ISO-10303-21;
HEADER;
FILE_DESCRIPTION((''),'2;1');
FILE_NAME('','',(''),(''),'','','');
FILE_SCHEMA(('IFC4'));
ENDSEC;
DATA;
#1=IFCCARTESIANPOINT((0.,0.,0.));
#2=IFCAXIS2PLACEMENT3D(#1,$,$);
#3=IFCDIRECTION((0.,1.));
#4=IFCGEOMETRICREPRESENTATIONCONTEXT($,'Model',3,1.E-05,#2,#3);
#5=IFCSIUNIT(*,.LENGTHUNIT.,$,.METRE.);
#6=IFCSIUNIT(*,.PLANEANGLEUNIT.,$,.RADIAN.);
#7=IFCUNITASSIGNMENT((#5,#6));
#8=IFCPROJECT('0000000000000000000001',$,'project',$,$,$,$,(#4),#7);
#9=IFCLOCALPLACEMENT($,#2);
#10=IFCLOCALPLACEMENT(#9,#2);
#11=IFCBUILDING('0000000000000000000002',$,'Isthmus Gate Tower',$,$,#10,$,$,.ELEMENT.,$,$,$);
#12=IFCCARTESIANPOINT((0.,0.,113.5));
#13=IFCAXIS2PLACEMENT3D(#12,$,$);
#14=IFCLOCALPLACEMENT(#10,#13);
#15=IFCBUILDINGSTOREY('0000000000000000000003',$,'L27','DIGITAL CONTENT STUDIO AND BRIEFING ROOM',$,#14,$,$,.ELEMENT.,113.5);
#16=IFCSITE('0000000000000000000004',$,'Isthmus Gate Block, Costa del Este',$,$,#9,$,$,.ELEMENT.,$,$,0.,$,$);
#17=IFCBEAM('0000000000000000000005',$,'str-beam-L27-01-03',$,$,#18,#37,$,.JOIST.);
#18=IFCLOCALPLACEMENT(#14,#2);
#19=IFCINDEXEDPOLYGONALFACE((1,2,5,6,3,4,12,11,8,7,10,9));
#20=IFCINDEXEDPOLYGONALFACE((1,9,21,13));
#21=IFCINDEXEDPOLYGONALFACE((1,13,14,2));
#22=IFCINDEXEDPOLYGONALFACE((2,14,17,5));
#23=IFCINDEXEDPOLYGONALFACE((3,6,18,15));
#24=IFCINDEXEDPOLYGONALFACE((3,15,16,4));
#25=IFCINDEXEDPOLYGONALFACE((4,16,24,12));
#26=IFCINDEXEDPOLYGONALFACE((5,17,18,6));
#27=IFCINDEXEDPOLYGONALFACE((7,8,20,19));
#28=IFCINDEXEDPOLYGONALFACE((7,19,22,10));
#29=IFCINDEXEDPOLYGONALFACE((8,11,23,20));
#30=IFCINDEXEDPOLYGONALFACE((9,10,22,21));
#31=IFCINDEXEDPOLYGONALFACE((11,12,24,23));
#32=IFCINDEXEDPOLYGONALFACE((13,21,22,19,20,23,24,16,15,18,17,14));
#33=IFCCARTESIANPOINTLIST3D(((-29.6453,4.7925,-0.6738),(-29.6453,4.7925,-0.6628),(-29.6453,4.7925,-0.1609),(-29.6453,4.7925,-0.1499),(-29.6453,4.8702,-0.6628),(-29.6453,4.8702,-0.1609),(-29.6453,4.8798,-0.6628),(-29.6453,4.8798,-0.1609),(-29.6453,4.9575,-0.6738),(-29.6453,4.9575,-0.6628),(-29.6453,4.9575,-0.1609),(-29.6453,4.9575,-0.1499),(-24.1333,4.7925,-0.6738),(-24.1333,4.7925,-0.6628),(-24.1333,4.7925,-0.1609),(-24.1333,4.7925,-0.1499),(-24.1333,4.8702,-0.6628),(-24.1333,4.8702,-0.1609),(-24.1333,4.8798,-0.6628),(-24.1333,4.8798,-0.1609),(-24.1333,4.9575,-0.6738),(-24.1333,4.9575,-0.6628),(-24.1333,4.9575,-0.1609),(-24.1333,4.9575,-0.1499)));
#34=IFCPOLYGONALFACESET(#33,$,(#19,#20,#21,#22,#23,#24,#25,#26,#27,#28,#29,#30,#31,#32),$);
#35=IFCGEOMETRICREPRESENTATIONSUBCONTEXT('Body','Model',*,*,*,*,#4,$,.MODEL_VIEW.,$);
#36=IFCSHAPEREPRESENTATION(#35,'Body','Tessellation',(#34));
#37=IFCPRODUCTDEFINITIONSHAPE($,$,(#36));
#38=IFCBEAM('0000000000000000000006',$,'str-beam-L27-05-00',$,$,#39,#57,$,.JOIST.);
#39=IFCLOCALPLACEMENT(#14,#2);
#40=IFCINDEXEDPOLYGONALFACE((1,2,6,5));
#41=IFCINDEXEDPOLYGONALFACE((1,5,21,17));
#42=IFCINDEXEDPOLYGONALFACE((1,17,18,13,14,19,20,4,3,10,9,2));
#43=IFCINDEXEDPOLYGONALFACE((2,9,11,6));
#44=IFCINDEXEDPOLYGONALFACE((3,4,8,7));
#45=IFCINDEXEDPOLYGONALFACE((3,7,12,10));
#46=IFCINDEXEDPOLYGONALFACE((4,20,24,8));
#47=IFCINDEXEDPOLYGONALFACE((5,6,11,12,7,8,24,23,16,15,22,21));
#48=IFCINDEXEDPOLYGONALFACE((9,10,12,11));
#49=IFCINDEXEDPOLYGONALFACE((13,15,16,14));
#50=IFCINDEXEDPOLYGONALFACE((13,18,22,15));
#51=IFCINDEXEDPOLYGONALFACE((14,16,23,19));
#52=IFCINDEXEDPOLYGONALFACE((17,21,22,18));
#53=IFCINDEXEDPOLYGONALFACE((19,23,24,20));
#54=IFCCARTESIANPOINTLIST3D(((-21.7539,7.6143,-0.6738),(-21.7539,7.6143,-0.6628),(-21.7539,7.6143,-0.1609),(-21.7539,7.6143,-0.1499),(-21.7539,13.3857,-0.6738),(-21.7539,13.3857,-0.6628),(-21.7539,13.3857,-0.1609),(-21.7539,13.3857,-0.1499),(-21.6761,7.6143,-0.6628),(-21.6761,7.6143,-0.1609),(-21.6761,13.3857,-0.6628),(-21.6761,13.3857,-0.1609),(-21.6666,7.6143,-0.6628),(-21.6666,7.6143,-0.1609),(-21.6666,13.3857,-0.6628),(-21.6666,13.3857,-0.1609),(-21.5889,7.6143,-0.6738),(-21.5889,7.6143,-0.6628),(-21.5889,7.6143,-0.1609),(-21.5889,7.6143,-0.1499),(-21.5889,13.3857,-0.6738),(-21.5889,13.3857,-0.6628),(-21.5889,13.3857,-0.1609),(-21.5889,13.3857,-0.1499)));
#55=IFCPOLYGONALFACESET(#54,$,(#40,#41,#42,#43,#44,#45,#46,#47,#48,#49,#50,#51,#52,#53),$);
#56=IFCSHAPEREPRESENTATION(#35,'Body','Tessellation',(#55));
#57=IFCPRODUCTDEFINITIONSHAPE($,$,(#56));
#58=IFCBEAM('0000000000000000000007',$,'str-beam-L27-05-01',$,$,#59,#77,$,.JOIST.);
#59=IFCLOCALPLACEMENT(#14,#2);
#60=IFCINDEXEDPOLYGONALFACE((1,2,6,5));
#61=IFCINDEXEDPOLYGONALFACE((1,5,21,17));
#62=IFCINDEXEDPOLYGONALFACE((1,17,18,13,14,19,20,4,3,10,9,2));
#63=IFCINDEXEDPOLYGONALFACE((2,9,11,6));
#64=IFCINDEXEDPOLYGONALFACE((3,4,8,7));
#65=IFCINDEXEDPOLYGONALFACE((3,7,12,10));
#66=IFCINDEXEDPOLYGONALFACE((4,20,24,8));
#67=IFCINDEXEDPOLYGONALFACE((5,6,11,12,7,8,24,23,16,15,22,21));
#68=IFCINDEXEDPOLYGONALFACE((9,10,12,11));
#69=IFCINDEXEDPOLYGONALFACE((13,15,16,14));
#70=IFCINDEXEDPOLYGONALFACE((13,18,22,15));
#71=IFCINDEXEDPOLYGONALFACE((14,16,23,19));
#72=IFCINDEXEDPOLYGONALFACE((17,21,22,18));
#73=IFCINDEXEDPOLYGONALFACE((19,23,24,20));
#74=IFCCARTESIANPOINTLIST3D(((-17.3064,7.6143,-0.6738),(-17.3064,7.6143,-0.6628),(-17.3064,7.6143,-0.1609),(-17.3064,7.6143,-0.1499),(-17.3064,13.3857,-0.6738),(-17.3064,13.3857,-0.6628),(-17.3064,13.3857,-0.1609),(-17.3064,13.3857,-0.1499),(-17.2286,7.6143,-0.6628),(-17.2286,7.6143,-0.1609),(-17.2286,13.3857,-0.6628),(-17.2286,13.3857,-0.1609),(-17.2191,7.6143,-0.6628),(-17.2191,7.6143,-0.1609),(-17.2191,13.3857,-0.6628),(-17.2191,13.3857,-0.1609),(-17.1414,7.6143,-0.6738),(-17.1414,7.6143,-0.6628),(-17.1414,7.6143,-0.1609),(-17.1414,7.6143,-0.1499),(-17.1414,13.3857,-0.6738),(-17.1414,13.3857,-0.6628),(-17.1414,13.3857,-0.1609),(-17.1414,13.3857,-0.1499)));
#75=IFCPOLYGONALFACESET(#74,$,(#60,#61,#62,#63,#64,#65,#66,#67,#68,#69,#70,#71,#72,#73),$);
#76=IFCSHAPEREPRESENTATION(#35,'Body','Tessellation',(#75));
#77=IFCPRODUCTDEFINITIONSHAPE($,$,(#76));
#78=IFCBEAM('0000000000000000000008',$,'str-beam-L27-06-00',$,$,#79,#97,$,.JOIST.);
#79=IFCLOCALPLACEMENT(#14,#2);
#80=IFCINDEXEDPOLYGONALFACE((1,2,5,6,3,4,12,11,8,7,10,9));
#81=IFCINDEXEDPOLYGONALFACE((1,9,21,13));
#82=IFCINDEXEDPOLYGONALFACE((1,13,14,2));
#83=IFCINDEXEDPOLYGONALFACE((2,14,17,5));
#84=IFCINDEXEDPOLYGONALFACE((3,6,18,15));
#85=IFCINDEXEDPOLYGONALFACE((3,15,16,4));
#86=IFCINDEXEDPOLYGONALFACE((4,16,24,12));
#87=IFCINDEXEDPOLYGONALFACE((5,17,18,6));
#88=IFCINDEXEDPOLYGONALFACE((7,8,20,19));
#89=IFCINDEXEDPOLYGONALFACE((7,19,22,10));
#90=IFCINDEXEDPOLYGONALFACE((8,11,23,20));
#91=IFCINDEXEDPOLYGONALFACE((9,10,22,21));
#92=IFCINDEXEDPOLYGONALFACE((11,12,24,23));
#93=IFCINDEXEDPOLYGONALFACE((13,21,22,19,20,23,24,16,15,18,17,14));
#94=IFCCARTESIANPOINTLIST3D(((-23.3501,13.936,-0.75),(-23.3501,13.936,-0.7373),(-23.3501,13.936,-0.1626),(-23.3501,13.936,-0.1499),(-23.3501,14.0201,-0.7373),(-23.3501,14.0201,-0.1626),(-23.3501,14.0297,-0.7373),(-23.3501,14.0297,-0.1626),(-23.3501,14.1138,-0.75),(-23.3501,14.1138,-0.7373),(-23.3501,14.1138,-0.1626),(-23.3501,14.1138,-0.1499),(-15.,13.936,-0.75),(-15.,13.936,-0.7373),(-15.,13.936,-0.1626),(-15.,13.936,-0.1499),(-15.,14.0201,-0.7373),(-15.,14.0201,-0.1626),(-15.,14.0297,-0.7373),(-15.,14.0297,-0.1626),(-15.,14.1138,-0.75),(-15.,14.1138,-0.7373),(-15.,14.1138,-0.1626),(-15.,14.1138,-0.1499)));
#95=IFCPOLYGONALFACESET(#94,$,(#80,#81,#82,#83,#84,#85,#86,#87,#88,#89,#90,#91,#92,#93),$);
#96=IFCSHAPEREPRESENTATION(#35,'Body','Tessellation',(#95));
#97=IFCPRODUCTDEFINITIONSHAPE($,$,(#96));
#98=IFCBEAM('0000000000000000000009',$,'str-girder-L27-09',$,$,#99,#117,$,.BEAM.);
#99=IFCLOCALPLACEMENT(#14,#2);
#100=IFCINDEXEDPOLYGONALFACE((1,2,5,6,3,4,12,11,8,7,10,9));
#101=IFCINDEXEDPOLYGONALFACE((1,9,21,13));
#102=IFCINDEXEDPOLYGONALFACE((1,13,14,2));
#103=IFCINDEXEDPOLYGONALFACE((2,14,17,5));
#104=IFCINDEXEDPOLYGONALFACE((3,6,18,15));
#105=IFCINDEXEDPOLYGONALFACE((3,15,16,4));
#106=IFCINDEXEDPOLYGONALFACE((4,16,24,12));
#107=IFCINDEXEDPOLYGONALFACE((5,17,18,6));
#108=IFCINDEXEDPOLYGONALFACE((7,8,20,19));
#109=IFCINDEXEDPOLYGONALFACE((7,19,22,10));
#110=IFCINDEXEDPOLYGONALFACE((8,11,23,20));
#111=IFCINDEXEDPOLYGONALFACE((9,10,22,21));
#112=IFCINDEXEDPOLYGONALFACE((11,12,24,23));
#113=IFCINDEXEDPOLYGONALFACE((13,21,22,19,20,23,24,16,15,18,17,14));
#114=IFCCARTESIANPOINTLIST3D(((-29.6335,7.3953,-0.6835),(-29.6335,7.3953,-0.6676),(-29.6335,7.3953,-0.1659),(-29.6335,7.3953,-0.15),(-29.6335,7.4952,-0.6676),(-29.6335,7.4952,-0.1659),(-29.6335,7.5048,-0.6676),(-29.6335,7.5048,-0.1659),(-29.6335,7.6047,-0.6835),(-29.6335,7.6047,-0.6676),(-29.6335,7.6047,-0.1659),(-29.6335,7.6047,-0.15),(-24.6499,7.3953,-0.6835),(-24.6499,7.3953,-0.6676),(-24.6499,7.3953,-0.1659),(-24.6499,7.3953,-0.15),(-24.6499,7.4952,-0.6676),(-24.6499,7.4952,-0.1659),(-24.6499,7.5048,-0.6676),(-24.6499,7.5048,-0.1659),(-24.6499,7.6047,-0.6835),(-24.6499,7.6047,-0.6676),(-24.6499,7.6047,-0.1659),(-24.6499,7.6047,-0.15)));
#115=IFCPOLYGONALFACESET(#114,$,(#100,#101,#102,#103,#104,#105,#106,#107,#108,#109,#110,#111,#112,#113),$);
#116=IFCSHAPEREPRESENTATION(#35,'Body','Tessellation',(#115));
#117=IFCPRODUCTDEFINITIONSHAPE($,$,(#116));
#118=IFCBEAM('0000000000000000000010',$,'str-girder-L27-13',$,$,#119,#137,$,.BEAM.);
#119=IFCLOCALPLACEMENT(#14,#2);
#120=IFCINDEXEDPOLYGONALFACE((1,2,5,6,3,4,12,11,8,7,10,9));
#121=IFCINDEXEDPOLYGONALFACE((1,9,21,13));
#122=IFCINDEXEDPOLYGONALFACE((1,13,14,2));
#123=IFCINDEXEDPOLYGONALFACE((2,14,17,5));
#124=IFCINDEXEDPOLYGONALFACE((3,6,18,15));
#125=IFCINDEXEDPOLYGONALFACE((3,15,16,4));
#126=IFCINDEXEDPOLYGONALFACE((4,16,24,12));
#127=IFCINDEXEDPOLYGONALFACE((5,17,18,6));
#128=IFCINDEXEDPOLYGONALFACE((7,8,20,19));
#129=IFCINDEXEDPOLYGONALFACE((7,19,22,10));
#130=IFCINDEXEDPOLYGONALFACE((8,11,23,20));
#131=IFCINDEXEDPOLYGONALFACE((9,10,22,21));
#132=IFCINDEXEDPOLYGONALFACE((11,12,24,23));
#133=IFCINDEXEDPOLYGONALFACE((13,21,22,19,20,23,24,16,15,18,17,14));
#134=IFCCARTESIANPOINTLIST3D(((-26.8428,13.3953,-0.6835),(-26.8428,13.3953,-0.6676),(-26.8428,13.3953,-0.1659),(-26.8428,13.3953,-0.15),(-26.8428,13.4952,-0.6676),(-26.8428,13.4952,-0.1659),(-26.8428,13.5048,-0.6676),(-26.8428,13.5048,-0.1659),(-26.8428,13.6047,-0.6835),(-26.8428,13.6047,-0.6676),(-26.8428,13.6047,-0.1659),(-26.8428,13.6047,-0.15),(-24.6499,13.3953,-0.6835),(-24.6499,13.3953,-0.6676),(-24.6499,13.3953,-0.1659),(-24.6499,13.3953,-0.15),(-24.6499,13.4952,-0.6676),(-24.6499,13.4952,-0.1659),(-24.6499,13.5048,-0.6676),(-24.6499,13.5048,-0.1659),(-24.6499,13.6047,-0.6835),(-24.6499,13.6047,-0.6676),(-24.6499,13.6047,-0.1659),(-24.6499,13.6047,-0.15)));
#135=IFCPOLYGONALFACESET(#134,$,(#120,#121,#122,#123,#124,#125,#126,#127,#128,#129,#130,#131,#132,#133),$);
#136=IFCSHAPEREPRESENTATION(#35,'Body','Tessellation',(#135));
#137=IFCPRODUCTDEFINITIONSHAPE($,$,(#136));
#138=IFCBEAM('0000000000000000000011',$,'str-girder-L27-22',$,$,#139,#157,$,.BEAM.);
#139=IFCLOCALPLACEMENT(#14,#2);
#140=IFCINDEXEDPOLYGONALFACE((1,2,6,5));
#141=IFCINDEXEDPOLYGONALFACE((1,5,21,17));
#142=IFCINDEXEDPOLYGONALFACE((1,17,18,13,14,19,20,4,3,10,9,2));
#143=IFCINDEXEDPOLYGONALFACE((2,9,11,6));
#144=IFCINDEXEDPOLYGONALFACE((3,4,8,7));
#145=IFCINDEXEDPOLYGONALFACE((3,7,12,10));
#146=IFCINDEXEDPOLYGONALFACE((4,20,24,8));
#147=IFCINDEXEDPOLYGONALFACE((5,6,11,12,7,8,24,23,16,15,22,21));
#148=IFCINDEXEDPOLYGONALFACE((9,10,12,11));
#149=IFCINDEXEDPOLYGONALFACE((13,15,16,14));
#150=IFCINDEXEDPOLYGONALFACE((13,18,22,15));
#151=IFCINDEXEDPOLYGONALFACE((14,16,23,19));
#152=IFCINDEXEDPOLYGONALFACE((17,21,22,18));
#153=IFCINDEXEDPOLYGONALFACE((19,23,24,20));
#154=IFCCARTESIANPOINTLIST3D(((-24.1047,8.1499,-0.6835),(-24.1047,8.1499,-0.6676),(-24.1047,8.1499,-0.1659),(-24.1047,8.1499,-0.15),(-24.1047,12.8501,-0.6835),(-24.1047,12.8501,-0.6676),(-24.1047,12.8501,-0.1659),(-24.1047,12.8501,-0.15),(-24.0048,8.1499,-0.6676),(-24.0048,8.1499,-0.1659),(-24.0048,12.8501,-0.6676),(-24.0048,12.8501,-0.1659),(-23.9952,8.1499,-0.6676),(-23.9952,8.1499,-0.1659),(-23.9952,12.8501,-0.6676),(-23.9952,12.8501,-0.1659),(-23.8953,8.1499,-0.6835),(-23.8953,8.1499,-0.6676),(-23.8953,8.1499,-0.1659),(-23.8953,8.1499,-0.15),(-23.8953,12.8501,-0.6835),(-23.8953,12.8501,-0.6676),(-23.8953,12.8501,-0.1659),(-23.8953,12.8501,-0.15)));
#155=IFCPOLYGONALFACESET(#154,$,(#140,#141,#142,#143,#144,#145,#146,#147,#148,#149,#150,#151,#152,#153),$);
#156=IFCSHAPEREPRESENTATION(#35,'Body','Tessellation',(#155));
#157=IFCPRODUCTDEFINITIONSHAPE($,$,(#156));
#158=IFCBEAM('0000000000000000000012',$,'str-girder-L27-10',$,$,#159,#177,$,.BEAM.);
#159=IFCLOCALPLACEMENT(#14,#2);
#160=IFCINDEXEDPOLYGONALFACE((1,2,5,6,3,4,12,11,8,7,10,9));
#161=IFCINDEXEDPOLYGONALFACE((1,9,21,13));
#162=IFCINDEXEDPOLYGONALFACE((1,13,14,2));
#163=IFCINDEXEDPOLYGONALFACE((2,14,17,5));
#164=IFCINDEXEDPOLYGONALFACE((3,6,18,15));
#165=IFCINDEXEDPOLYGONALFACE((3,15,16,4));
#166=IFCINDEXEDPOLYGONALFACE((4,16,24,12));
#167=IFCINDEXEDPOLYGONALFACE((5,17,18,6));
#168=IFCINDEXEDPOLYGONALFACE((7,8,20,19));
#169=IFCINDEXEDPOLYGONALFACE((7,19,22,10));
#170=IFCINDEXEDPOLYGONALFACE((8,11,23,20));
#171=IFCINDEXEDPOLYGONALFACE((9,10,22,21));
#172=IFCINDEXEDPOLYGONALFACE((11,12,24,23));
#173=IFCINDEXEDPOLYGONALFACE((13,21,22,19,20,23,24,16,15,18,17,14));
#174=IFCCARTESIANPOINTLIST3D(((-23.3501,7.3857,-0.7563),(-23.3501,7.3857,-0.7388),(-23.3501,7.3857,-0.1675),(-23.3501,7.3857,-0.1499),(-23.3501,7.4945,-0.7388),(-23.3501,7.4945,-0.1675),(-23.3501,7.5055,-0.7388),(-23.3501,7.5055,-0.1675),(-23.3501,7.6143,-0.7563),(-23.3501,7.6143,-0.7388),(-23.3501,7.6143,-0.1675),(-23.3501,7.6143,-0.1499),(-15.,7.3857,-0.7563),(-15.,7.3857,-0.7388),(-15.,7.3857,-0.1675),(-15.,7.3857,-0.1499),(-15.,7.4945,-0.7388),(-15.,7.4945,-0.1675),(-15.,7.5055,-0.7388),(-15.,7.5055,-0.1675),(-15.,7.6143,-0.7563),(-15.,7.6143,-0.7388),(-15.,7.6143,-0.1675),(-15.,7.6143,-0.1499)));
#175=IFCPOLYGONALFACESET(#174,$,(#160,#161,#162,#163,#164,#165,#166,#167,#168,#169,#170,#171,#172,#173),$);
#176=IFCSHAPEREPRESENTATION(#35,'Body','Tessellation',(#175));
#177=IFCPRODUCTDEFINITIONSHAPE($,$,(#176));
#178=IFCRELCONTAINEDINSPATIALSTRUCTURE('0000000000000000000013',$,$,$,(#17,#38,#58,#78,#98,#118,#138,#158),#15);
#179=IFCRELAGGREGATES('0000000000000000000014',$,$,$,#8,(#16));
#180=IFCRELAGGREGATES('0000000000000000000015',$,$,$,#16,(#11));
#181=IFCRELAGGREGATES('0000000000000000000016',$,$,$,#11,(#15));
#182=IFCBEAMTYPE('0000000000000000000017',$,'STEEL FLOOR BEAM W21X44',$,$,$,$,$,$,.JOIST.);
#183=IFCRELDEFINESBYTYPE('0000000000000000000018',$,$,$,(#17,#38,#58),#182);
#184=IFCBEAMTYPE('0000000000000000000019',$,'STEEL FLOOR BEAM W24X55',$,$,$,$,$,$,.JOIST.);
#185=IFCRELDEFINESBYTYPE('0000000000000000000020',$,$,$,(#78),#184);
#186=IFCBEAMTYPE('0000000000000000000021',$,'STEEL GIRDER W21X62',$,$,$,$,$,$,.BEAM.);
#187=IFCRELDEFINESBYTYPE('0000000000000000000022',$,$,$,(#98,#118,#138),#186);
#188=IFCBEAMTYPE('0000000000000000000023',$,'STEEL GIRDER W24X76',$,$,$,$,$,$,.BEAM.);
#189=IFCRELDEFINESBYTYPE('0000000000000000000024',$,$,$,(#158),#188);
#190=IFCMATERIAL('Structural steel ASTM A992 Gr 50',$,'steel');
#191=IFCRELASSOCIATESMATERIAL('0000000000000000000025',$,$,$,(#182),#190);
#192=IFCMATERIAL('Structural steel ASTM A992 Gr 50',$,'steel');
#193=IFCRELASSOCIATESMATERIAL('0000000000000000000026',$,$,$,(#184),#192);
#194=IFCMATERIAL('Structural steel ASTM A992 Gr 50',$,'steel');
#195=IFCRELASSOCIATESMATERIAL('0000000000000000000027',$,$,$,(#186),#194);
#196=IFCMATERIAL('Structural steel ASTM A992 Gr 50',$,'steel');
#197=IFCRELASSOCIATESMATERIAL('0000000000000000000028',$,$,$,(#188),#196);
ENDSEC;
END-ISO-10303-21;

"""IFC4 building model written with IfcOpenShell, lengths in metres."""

from ifc_helpers import new_model, si_unit, direction, frame, origin, origin_2d, place, context, subcontext, project, spatial, i_section, extrude, material, material_profile, profile_set, type_object, element, save


model = new_model("IFC4")

# Units and contexts
model_context = context("Model", 3, precision=1e-05, world=origin(), true_north=direction((0.0, 1.0)))
body_context = subcontext(model_context, "Body", "Model", "MODEL_VIEW")
ifc_project = project(units=[si_unit("LENGTHUNIT", "METRE"), si_unit("PLANEANGLEUNIT", "RADIAN")], contexts=[model_context])

# Site, building, storey
site_placement = place(None, origin())
site = spatial("IfcSite", under=ifc_project, at=site_placement, Name="Isthmus Gate Block, Costa del Este", CompositionType="ELEMENT", RefElevation=0.0)
building_placement = place(site_placement, origin())
building = spatial("IfcBuilding", under=site, at=building_placement, Name="Isthmus Gate Tower", CompositionType="ELEMENT")
storey_placement = place(building_placement, frame((0.0, 0.0, 113.5)))
storey = spatial("IfcBuildingStorey", under=building, at=storey_placement, Name="L27", Description="DIGITAL CONTENT STUDIO AND BRIEFING ROOM", CompositionType="ELEMENT", Elevation=113.5)

# Beams
ifc_material_1 = material(Name="Structural steel ASTM A992 Gr 50", Category="steel")
ifc_material_profile_1 = material_profile(ifc_material_1, i_section(OverallWidth=0.165, OverallDepth=0.5239, WebThickness=0.0095, FlangeThickness=0.011, at=origin_2d()), Name="W21X44")
ifc_profile_set_1 = profile_set([ifc_material_profile_1], Name="Structural steel ASTM A992 Gr 50")
beam_type_1 = type_object("IfcBeamType", Name="STEEL FLOOR BEAM W21X44", PredefinedType="JOIST", material=ifc_profile_set_1)
beam_1_placement = place(storey_placement, frame((-29.6453, 4.875, -0.4119), z_axis=(1.0, 0.0, 0.0), x_axis=(0.0, 1.0, 0.0)))
element("IfcBeam", 1, at=beam_1_placement, inside=storey, type_object=beam_type_1, Name="str-beam-L27-01-03", PredefinedType="JOIST", context=body_context, shape_type="SweptSolid", body=[
    extrude(i_section(OverallWidth=0.165, OverallDepth=0.5239, WebThickness=0.0095, FlangeThickness=0.011, at=origin_2d()), origin(), (0.0, 0.0, 1.0), 5.512),
])
for number, where, z_axis, x_axis, name in (
    (2, (-21.6714, 7.6143, -0.4119), (0.0, 1.0, 0.0), (-1.0, 0.0, 0.0), "str-beam-L27-05-00"),
    (3, (-17.2239, 7.6143, -0.4119), (0.0, 1.0, 0.0), (-1.0, 0.0, 0.0), "str-beam-L27-05-01"),
):
    element("IfcBeam", number, at=place(storey_placement, frame(where, z_axis=z_axis, x_axis=x_axis)), inside=storey, type_object=beam_type_1, Name=name, PredefinedType="JOIST", context=body_context, shape_type="SweptSolid", body=[
        extrude(i_section(OverallWidth=0.165, OverallDepth=0.5239, WebThickness=0.0095, FlangeThickness=0.011, at=origin_2d()), origin(), (0.0, 0.0, 1.0), 5.7715),
    ])
ifc_material_2 = material(Name="Structural steel ASTM A992 Gr 50", Category="steel")
ifc_material_profile_2 = material_profile(ifc_material_2, i_section(OverallWidth=0.1777, OverallDepth=0.6001, WebThickness=0.0095, FlangeThickness=0.0127, at=origin_2d()), Name="W24X55")
ifc_profile_set_2 = profile_set([ifc_material_profile_2], Name="Structural steel ASTM A992 Gr 50")
beam_type_2 = type_object("IfcBeamType", Name="STEEL FLOOR BEAM W24X55", PredefinedType="JOIST", material=ifc_profile_set_2)
beam_2_placement = place(storey_placement, frame((-23.3501, 14.0249, -0.45), z_axis=(1.0, 0.0, 0.0), x_axis=(0.0, 1.0, 0.0)))
element("IfcBeam", 4, at=beam_2_placement, inside=storey, type_object=beam_type_2, Name="str-beam-L27-06-00", PredefinedType="JOIST", context=body_context, shape_type="SweptSolid", body=[
    extrude(i_section(OverallWidth=0.1777, OverallDepth=0.6001, WebThickness=0.0095, FlangeThickness=0.0127, at=origin_2d()), origin(), (0.0, 0.0, 1.0), 8.3501),
])
ifc_material_3 = material(Name="Structural steel ASTM A992 Gr 50", Category="steel")
ifc_material_profile_3 = material_profile(ifc_material_3, i_section(OverallWidth=0.2095, OverallDepth=0.5334, WebThickness=0.0095, FlangeThickness=0.0159, at=origin_2d()), Name="W21X62")
ifc_profile_set_3 = profile_set([ifc_material_profile_3], Name="Structural steel ASTM A992 Gr 50")
beam_type_3 = type_object("IfcBeamType", Name="STEEL GIRDER W21X62", PredefinedType="BEAM", material=ifc_profile_set_3)
beam_3_placement = place(storey_placement, frame((-29.6335, 7.5, -0.4167), z_axis=(1.0, 0.0, 0.0), x_axis=(0.0, 1.0, 0.0)))
element("IfcBeam", 5, at=beam_3_placement, inside=storey, type_object=beam_type_3, Name="str-girder-L27-09", PredefinedType="BEAM", context=body_context, shape_type="SweptSolid", body=[
    extrude(i_section(OverallWidth=0.2095, OverallDepth=0.5334, WebThickness=0.0095, FlangeThickness=0.0159, at=origin_2d()), origin(), (0.0, 0.0, 1.0), 4.9836),
])
beam_4_placement = place(storey_placement, frame((-26.8428, 13.5, -0.4167), z_axis=(1.0, 0.0, 0.0), x_axis=(0.0, 1.0, 0.0)))
element("IfcBeam", 6, at=beam_4_placement, inside=storey, type_object=beam_type_3, Name="str-girder-L27-13", PredefinedType="BEAM", context=body_context, shape_type="SweptSolid", body=[
    extrude(i_section(OverallWidth=0.2095, OverallDepth=0.5334, WebThickness=0.0095, FlangeThickness=0.0159, at=origin_2d()), origin(), (0.0, 0.0, 1.0), 2.1929),
])
beam_5_placement = place(storey_placement, frame((-24.0, 8.1499, -0.4167), z_axis=(0.0, 1.0, 0.0), x_axis=(-1.0, 0.0, 0.0)))
element("IfcBeam", 7, at=beam_5_placement, inside=storey, type_object=beam_type_3, Name="str-girder-L27-22", PredefinedType="BEAM", context=body_context, shape_type="SweptSolid", body=[
    extrude(i_section(OverallWidth=0.2095, OverallDepth=0.5334, WebThickness=0.0095, FlangeThickness=0.0159, at=origin_2d()), origin(), (0.0, 0.0, 1.0), 4.7002),
])
ifc_material_4 = material(Name="Structural steel ASTM A992 Gr 50", Category="steel")
ifc_material_profile_4 = material_profile(ifc_material_4, i_section(OverallWidth=0.2285, OverallDepth=0.6064, WebThickness=0.011, FlangeThickness=0.0176, at=origin_2d()), Name="W24X76")
ifc_profile_set_4 = profile_set([ifc_material_profile_4], Name="Structural steel ASTM A992 Gr 50")
beam_type_4 = type_object("IfcBeamType", Name="STEEL GIRDER W24X76", PredefinedType="BEAM", material=ifc_profile_set_4)
for number, where, z_axis, x_axis, name in (
    (8, (-23.3501, 7.5, -0.4531), (1.0, 0.0, 0.0), (0.0, 1.0, 0.0), "str-girder-L27-10"),
):
    element("IfcBeam", number, at=place(storey_placement, frame(where, z_axis=z_axis, x_axis=x_axis)), inside=storey, type_object=beam_type_4, Name=name, PredefinedType="BEAM", context=body_context, shape_type="SweptSolid", body=[
        extrude(i_section(OverallWidth=0.2285, OverallDepth=0.6064, WebThickness=0.011, FlangeThickness=0.0176, at=origin_2d()), origin(), (0.0, 0.0, 1.0), 8.3501),
    ])

save(model, "model.ifc")
